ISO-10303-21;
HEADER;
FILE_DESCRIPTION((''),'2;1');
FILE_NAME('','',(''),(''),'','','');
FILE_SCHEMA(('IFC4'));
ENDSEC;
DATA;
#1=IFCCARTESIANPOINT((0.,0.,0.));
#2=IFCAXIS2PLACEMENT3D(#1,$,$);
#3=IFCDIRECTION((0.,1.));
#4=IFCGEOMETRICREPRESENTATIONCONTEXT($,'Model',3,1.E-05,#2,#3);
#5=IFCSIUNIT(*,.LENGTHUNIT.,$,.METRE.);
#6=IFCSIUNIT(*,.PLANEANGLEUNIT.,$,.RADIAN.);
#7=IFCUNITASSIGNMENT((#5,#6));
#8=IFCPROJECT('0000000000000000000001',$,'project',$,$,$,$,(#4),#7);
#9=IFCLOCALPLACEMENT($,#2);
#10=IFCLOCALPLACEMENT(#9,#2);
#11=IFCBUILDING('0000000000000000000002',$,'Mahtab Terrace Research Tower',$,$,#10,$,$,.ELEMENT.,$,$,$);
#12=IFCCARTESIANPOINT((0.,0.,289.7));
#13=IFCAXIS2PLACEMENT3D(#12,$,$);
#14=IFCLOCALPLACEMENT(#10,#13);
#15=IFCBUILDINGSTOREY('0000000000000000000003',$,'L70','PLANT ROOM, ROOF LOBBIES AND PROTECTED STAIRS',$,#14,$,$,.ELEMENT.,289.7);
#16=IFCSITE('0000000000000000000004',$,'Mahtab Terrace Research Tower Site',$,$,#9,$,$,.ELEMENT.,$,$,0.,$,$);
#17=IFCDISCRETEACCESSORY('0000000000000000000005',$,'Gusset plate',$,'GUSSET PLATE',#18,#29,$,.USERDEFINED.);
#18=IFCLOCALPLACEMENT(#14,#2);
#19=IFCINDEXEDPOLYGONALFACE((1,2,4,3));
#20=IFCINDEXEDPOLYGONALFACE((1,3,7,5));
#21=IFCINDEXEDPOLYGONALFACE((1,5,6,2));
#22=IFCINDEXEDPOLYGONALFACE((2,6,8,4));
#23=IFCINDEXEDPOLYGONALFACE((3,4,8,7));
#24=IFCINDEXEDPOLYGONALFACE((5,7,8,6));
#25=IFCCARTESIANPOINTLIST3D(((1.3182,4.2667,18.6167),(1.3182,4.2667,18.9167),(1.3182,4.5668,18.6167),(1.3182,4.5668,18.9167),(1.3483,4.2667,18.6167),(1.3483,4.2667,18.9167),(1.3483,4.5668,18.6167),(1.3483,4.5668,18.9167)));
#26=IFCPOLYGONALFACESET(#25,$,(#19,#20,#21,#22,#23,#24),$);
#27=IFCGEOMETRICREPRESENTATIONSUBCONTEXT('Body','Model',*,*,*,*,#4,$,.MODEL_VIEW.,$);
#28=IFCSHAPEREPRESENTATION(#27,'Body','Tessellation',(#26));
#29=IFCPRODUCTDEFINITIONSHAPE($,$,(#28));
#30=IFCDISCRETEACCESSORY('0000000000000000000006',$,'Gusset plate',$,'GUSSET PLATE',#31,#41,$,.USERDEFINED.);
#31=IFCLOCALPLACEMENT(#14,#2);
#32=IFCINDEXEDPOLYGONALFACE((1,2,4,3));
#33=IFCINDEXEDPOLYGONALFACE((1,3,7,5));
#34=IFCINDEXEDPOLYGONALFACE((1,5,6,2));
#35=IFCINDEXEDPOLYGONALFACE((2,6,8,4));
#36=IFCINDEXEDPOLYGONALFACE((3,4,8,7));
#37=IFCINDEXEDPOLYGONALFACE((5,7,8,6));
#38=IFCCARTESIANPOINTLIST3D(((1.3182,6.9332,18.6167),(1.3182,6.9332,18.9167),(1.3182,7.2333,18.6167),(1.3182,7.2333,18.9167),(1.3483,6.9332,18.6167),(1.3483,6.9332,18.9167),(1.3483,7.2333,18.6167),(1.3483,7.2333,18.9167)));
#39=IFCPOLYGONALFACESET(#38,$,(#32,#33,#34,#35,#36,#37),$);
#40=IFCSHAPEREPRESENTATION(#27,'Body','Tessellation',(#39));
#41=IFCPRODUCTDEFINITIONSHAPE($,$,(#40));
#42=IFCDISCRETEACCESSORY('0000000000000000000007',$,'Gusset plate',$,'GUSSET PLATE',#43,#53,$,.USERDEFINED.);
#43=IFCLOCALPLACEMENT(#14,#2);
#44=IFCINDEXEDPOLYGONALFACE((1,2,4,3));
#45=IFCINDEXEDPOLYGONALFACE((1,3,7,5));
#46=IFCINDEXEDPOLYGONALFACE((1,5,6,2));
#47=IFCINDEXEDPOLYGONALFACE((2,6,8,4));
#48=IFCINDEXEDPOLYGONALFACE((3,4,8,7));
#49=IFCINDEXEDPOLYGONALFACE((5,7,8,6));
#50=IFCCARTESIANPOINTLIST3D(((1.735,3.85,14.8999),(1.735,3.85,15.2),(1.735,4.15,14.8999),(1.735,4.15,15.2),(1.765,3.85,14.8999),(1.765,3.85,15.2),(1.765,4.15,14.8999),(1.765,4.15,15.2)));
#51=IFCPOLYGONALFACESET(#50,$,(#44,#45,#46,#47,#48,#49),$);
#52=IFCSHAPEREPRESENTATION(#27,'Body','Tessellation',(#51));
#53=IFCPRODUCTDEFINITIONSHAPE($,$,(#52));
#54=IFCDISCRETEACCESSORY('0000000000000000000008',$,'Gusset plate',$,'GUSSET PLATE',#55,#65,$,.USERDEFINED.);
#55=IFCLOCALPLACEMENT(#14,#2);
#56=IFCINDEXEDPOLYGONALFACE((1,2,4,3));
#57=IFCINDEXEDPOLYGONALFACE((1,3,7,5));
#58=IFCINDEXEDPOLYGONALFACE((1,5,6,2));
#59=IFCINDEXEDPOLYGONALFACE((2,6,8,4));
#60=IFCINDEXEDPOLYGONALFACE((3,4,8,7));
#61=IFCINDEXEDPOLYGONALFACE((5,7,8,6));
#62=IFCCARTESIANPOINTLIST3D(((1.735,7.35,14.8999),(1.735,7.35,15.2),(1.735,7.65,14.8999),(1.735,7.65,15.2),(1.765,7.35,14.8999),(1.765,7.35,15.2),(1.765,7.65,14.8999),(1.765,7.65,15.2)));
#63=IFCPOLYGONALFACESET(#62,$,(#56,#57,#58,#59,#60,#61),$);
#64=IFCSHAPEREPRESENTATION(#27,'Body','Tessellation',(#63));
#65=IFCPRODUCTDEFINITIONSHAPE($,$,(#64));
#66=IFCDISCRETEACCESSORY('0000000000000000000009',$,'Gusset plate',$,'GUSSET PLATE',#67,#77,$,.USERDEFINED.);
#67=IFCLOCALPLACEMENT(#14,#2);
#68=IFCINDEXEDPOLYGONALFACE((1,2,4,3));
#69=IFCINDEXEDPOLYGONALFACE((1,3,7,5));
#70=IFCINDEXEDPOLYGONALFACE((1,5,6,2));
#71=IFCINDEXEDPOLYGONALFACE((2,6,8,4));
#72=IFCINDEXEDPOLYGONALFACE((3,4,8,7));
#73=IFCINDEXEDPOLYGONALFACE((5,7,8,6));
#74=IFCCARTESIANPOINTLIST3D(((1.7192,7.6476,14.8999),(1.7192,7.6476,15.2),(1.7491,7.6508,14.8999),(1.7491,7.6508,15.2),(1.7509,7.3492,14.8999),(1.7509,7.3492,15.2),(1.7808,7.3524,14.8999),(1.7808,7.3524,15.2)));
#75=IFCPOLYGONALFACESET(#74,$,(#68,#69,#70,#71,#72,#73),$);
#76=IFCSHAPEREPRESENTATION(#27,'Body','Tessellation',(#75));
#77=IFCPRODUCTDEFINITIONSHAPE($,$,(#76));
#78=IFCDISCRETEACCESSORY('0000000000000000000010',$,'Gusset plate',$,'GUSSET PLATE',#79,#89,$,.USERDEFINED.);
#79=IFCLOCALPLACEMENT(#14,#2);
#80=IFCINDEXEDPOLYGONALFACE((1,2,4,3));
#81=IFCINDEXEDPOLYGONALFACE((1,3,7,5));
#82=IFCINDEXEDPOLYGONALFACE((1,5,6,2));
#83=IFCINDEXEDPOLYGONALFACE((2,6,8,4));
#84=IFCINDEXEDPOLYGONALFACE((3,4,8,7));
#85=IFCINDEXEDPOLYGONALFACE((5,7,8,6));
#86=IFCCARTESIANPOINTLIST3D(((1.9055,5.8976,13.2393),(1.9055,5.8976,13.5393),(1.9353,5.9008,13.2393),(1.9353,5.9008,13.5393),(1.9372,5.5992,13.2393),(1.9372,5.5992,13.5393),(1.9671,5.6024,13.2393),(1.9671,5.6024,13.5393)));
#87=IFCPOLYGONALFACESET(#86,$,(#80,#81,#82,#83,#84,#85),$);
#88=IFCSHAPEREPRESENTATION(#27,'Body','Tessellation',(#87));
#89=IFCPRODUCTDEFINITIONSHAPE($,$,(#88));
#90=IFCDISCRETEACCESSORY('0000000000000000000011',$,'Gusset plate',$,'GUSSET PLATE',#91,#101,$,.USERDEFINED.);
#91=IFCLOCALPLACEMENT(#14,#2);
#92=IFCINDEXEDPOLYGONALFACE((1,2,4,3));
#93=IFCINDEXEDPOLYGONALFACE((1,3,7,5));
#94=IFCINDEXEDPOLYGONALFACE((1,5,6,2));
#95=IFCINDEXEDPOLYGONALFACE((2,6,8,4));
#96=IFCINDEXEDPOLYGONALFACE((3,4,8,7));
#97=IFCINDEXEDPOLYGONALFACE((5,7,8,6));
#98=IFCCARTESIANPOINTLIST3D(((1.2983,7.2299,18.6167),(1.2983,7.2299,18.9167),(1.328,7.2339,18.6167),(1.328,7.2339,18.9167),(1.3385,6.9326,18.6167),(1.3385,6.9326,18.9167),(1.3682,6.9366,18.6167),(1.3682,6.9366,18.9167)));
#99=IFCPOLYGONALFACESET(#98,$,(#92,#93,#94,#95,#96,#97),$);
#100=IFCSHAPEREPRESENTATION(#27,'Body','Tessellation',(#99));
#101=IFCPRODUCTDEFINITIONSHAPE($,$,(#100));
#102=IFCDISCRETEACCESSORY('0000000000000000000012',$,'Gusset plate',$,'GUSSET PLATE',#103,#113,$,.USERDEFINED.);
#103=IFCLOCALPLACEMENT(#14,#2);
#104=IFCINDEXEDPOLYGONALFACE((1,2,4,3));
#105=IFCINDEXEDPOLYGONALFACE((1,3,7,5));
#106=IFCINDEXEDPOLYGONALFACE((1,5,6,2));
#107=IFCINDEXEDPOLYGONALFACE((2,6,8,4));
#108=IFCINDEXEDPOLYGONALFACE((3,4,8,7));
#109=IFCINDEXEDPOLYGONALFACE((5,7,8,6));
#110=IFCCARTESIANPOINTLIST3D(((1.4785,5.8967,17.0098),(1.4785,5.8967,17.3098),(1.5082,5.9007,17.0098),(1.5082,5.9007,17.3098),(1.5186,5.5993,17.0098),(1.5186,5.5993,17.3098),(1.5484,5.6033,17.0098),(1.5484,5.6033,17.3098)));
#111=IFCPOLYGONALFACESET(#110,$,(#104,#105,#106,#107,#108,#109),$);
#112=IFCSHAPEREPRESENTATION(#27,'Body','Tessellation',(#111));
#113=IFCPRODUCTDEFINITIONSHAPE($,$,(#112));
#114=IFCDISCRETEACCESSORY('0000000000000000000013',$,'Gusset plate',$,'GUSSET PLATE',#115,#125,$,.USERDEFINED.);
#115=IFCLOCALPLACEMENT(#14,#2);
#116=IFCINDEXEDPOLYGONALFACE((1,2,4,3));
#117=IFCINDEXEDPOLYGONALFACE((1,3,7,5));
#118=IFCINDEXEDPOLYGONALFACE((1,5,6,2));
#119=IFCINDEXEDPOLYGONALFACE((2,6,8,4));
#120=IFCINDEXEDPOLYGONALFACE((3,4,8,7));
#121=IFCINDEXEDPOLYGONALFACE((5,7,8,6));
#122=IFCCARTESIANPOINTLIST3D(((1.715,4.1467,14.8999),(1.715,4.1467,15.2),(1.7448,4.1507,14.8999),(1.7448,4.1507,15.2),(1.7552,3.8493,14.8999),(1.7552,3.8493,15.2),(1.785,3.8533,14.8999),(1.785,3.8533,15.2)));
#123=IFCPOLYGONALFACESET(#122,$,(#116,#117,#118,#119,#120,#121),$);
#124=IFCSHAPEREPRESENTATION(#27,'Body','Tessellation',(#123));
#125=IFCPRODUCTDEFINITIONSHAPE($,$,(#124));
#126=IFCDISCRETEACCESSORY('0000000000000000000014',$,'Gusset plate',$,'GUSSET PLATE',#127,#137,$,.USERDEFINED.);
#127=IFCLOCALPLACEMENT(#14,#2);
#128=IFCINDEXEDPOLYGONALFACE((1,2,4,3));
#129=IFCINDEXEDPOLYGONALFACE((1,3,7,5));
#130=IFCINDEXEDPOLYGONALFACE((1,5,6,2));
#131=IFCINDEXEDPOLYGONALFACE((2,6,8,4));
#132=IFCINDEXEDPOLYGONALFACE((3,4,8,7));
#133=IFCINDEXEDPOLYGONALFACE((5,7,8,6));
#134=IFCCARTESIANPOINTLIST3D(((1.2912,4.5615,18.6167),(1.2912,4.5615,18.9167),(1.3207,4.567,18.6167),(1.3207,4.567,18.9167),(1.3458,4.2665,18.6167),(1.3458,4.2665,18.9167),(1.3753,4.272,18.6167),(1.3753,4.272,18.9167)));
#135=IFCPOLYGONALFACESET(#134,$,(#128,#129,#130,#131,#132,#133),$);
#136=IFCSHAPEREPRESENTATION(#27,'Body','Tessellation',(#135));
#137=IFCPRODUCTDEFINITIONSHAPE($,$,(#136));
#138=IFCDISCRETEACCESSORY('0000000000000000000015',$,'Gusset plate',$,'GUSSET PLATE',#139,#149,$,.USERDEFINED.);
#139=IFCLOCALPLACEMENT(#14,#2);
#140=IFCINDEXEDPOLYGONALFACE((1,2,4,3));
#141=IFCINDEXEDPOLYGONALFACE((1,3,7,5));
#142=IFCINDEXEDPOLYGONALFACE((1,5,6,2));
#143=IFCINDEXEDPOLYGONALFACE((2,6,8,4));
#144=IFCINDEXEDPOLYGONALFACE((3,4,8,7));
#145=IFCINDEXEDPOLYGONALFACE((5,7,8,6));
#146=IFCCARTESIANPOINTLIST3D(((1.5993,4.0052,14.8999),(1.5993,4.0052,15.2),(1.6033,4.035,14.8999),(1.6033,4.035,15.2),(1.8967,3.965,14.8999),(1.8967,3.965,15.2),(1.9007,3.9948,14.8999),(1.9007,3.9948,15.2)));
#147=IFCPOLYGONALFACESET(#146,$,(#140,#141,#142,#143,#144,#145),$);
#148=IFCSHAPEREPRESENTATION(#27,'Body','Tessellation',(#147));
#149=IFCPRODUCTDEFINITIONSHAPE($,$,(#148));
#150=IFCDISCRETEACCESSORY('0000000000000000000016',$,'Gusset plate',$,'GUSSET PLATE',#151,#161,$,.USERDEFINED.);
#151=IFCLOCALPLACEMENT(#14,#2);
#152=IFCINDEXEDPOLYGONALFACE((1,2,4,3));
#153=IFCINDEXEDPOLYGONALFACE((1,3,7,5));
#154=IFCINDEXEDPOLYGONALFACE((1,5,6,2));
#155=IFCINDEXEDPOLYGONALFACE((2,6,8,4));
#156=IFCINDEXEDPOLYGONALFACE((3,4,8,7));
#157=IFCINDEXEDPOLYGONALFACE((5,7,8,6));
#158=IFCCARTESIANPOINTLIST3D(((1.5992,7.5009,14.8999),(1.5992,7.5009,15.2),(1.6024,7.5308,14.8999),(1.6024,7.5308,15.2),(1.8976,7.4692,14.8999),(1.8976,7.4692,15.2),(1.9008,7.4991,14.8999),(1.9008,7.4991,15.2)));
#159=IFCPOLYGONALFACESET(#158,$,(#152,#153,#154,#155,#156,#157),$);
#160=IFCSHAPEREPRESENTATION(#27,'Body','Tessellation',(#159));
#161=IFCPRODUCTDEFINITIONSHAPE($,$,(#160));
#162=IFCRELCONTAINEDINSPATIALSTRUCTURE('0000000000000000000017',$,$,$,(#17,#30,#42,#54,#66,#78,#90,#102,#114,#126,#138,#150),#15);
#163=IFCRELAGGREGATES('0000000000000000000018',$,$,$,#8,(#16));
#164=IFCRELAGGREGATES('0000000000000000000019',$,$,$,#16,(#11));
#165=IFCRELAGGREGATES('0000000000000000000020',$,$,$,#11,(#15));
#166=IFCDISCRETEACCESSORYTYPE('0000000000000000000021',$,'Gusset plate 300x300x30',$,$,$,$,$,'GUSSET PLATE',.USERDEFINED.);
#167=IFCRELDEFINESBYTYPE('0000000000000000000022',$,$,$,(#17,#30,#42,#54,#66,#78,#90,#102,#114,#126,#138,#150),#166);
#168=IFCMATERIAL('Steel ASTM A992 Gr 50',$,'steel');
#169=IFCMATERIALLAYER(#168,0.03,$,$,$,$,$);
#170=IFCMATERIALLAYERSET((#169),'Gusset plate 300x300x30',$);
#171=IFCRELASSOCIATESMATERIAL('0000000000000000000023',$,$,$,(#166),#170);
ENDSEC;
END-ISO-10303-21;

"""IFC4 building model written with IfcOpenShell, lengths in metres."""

from ifc_helpers import new_model, si_unit, direction, frame, origin, origin_2d, place, context, subcontext, project, spatial, rectangle, extrude, material, layer, layer_set, type_object, element, save


model = new_model("IFC4")

# Units and contexts
model_context = context("Model", 3, precision=1e-05, world=origin(), true_north=direction((0.0, 1.0)))
body_context = subcontext(model_context, "Body", "Model", "MODEL_VIEW")
ifc_project = project(units=[si_unit("LENGTHUNIT", "METRE"), si_unit("PLANEANGLEUNIT", "RADIAN")], contexts=[model_context])

# Site, building, storey
site_placement = place(None, origin())
site = spatial("IfcSite", under=ifc_project, at=site_placement, Name="Mahtab Terrace Research Tower Site", CompositionType="ELEMENT", RefElevation=0.0)
building_placement = place(site_placement, origin())
building = spatial("IfcBuilding", under=site, at=building_placement, Name="Mahtab Terrace Research Tower", CompositionType="ELEMENT")
storey_placement = place(building_placement, frame((0.0, 0.0, 289.7)))
storey = spatial("IfcBuildingStorey", under=building, at=storey_placement, Name="L70", Description="PLANT ROOM, ROOF LOBBIES AND PROTECTED STAIRS", CompositionType="ELEMENT", Elevation=289.7)

# Discrete accessories
ifc_material_1 = material(Name="Steel ASTM A992 Gr 50", Category="steel")
ifc_layer = layer(ifc_material_1, 0.03)
ifc_layer_set = layer_set([ifc_layer], Name="Gusset plate 300x300x30")
discrete_accessory_type = type_object("IfcDiscreteAccessoryType", Name="Gusset plate 300x300x30", ElementType="GUSSET PLATE", PredefinedType="USERDEFINED", material=ifc_layer_set)
for number, where, z_axis, x_axis, name in (
    (1, (1.3333, 4.4167, 18.6167), (0.0, 0.0, 1.0), (0.0, 1.0, 0.0), "Gusset plate"),
    (2, (1.3333, 7.0833, 18.6167), (0.0, 0.0, 1.0), (0.0, 1.0, 0.0), "Gusset plate"),
    (3, (1.75, 4.0, 14.8999), (0.0, 0.0, 1.0), (0.0, 1.0, 0.0), "Gusset plate"),
    (4, (1.75, 7.5, 14.8999), (0.0, 0.0, 1.0), (0.0, 1.0, 0.0), "Gusset plate"),
    (5, (1.75, 7.5, 14.8999), (0.0, 0.0, 1.0), (-0.105778, 0.99439, 0.0), "Gusset plate"),
    (6, (1.9363, 5.75, 13.2393), (0.0, 0.0, 1.0), (-0.105778, 0.99439, 0.0), "Gusset plate"),
    (7, (1.3333, 7.0833, 18.6167), (0.0, 0.0, 1.0), (-0.133917, 0.990993, 0.0), "Gusset plate"),
    (8, (1.5134, 5.75, 17.0098), (0.0, 0.0, 1.0), (-0.133917, 0.990993, 0.0), "Gusset plate"),
    (9, (1.75, 4.0, 14.8999), (0.0, 0.0, 1.0), (-0.133917, 0.990993, 0.0), "Gusset plate"),
    (10, (1.3333, 4.4167, 18.6167), (0.0, 0.0, 1.0), (-0.182081, 0.983284, 0.0), "Gusset plate"),
    (11, (1.75, 4.0, 14.8999), (0.0, 0.0, 1.0), (-0.990993, 0.133917, 0.0), "Gusset plate"),
    (12, (1.75, 7.5, 14.8999), (0.0, 0.0, 1.0), (-0.994388, 0.105795, 0.0), "Gusset plate"),
):
    element("IfcDiscreteAccessory", number, at=place(storey_placement, frame(where, z_axis=z_axis, x_axis=x_axis)), inside=storey, type_object=discrete_accessory_type, Name=name, ObjectType="GUSSET PLATE", PredefinedType="USERDEFINED", context=body_context, shape_type="SweptSolid", body=[
        extrude(rectangle(XDim=0.3, YDim=0.03, at=origin_2d()), origin(), (0.0, 0.0, 1.0), 0.3),
    ])

save(model, "model.ifc")
